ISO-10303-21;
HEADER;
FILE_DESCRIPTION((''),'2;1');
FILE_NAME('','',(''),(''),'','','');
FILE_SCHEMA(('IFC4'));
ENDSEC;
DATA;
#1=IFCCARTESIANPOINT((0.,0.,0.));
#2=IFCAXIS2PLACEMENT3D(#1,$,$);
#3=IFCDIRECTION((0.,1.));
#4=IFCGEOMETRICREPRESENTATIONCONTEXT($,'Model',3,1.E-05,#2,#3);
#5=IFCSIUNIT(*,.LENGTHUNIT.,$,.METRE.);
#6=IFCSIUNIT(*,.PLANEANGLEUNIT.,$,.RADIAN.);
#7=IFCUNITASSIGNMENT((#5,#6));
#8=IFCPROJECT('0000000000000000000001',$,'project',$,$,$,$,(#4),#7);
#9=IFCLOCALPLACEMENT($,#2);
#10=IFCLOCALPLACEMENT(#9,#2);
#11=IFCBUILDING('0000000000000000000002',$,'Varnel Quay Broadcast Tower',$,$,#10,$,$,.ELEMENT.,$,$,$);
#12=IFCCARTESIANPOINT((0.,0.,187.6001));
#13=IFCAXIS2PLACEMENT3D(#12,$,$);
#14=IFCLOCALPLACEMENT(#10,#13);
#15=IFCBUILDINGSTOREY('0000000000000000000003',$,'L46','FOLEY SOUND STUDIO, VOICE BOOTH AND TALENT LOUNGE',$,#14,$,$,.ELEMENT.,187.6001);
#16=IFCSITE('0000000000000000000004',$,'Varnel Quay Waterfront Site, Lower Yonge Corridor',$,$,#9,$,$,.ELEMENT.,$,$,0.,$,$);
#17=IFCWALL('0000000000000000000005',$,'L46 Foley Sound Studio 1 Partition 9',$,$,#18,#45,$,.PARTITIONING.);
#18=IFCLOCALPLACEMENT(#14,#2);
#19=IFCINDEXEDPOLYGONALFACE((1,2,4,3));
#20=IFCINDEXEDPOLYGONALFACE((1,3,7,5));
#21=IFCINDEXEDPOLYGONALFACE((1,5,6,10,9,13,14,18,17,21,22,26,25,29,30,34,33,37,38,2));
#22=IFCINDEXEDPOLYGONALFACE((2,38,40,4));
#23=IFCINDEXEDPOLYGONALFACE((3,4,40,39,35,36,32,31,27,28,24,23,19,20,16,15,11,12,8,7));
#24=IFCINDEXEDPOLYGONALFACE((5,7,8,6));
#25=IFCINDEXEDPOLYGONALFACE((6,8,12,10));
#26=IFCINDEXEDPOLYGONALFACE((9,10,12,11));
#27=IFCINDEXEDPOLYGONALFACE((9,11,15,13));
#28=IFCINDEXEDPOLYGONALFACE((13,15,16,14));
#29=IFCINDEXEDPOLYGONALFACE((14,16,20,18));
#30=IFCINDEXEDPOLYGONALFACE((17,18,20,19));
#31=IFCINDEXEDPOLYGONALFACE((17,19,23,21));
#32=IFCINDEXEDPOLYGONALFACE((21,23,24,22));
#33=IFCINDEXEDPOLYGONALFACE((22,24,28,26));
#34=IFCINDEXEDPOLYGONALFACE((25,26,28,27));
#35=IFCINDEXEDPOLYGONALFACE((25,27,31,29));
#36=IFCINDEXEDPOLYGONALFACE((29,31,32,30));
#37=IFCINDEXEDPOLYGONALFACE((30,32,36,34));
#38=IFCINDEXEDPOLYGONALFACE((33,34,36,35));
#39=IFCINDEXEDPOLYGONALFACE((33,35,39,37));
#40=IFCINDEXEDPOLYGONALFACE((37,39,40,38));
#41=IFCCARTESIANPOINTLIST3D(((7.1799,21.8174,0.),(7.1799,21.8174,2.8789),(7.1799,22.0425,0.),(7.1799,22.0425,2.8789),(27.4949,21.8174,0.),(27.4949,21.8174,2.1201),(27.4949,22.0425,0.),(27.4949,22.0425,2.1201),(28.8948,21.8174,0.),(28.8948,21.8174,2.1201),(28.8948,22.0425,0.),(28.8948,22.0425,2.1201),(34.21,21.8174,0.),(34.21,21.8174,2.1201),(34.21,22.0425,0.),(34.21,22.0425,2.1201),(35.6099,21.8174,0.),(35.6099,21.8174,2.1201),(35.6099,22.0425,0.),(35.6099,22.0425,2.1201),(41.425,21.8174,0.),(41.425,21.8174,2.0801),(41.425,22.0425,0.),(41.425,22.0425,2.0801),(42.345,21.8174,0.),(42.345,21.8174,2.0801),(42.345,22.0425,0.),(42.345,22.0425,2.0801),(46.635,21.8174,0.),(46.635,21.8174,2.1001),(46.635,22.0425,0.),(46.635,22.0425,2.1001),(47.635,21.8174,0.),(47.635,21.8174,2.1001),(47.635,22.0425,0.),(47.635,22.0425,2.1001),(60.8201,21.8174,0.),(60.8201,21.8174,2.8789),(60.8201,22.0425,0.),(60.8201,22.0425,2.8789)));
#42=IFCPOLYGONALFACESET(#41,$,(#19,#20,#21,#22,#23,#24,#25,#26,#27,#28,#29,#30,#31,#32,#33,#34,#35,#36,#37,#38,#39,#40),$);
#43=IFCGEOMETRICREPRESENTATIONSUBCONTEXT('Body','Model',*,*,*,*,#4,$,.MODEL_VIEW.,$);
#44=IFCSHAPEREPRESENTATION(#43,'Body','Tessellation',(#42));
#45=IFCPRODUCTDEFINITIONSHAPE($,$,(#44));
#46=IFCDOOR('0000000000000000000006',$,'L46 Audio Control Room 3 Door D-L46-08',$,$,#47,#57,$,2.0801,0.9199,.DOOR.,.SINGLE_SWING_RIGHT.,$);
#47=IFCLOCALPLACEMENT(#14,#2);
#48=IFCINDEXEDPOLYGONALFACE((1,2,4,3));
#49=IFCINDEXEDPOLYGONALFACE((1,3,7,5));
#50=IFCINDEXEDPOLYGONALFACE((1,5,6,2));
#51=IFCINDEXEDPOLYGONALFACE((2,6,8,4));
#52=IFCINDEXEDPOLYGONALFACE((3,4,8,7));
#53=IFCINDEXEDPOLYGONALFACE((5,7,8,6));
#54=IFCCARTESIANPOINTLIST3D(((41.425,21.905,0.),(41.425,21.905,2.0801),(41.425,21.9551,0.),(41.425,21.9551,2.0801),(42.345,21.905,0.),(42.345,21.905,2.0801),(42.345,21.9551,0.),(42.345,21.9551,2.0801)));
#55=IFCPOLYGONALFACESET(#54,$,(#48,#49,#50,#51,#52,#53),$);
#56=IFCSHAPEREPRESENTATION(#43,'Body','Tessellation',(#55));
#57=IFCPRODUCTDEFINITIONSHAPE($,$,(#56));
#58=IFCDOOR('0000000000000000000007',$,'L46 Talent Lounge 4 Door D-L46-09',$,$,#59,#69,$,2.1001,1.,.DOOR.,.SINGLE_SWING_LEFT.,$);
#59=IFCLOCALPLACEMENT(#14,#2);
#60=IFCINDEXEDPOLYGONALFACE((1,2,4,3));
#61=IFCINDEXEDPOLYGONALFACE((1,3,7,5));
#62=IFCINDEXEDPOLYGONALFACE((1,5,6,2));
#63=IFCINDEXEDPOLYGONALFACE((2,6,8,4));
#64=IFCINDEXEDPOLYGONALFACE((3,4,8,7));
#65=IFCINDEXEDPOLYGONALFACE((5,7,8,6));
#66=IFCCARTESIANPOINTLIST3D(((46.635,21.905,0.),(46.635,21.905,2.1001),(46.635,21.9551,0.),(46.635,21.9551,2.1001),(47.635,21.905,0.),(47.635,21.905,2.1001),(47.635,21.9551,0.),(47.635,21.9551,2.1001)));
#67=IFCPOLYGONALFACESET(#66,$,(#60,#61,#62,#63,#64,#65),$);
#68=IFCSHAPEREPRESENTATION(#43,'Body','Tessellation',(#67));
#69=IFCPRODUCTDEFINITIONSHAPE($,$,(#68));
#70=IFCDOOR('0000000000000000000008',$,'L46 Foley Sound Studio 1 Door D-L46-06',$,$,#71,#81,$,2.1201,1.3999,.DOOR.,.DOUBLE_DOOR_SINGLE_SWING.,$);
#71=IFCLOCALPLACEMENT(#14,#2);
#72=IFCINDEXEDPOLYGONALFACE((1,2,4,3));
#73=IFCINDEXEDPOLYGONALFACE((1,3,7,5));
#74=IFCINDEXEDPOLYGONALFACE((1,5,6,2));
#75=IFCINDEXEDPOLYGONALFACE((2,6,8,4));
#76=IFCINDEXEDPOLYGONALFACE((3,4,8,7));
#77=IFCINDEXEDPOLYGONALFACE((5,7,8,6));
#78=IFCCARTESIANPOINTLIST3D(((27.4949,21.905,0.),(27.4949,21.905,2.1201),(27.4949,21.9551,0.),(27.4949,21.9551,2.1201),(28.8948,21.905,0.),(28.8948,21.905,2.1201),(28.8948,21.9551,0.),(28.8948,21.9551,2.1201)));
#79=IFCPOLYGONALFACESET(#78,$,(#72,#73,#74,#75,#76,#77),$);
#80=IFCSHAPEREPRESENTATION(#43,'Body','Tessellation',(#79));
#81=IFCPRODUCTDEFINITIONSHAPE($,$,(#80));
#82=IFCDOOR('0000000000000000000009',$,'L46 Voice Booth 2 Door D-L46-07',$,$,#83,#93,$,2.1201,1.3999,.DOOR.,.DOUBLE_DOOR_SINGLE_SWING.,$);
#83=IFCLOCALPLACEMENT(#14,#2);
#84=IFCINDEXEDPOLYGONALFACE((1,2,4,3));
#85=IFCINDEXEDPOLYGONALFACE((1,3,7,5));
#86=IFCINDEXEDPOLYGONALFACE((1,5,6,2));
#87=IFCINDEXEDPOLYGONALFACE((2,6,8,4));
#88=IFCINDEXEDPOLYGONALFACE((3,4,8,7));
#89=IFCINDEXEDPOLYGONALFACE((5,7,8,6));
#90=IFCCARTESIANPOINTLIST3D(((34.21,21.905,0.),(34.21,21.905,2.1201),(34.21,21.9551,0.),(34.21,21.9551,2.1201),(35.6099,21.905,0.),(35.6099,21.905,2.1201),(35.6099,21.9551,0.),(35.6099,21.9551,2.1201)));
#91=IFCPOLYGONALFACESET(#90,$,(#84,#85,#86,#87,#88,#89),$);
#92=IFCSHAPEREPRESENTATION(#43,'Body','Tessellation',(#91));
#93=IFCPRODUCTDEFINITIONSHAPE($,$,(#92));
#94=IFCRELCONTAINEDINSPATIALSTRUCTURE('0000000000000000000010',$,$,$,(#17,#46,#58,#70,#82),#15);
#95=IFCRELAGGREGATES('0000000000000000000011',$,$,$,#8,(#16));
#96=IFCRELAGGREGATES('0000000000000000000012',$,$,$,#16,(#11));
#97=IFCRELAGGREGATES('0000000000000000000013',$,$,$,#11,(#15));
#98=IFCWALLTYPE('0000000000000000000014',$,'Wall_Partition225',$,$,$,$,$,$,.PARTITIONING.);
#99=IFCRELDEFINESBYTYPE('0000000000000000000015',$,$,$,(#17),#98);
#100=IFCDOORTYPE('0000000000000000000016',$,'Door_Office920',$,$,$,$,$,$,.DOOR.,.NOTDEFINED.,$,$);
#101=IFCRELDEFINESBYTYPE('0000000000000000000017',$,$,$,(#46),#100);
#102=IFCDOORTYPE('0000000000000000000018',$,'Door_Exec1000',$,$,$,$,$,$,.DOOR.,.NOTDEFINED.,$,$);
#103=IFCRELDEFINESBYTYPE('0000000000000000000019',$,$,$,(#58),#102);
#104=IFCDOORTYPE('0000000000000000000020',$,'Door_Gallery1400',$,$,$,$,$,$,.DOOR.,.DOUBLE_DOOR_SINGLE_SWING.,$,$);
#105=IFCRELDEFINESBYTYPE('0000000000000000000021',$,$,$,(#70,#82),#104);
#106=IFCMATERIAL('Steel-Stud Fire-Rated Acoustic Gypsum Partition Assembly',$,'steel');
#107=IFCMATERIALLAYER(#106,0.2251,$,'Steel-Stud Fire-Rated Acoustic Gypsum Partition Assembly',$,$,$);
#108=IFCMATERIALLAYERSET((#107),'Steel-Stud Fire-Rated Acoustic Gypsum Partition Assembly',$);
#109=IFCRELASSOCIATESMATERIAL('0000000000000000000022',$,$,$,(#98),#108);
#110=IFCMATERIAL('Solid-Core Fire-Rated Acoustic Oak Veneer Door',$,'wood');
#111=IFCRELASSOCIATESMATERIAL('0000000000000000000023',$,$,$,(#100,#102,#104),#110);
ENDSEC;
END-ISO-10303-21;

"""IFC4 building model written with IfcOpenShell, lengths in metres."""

from ifc_helpers import new_model, si_unit, direction, frame, frame_2d, origin, place, context, subcontext, project, spatial, rectangle, extrude, source, transform, mapped, material, layer, layer_set, type_object, type_shapes, element, fill, save


model = new_model("IFC4")

# Units and contexts
model_context = context("Model", 3, precision=1e-05, world=origin(), true_north=direction((0.0, 1.0)))
body_context = subcontext(model_context, "Body", "Model", "MODEL_VIEW")
ifc_project = project(units=[si_unit("LENGTHUNIT", "METRE"), si_unit("PLANEANGLEUNIT", "RADIAN")], contexts=[model_context])

# Site, building, storey
site_placement = place(None, origin())
site = spatial("IfcSite", under=ifc_project, at=site_placement, Name="Varnel Quay Waterfront Site, Lower Yonge Corridor", CompositionType="ELEMENT", RefElevation=0.0)
building_placement = place(site_placement, origin())
building = spatial("IfcBuilding", under=site, at=building_placement, Name="Varnel Quay Broadcast Tower", CompositionType="ELEMENT")
storey_placement = place(building_placement, frame((0.0, 0.0, 187.6001)))
storey = spatial("IfcBuildingStorey", under=building, at=storey_placement, Name="L46", Description="FOLEY SOUND STUDIO, VOICE BOOTH AND TALENT LOUNGE", CompositionType="ELEMENT", Elevation=187.6001)

# Wall, openings, doors
ifc_material_1 = material(Name="Steel-Stud Fire-Rated Acoustic Gypsum Partition Assembly", Category="steel")
ifc_material_2 = material(Name="Solid-Core Fire-Rated Acoustic Oak Veneer Door", Category="wood")
ifc_layer_1 = layer(ifc_material_1, 0.2251, Name="Steel-Stud Fire-Rated Acoustic Gypsum Partition Assembly")
ifc_layer_set_1 = layer_set([ifc_layer_1], Name="Steel-Stud Fire-Rated Acoustic Gypsum Partition Assembly")
wall_type_1 = type_object("IfcWallType", Name="Wall_Partition225", PredefinedType="PARTITIONING", material=ifc_layer_set_1)
wall_1_placement = place(storey_placement, frame((7.1799, 21.9299, 0.0), z_axis=(0.0, 0.0, 1.0), x_axis=(1.0, 0.0, 0.0)))
wall_1 = element("IfcWall", 1, at=wall_1_placement, inside=storey, type_object=wall_type_1, Name="L46 Foley Sound Studio 1 Partition 9", PredefinedType="PARTITIONING", context=body_context, shape_type="SweptSolid", body=[
    extrude(rectangle(XDim=53.6401, YDim=0.2251, at=frame_2d((26.8201, 0.0))), origin(), (0.0, 0.0, 1.0), 2.8789),
])
opening_1_placement = place(wall_1_placement, frame((20.3149, 0.0, 0.0)))
opening_1 = element("IfcOpeningElement", 2, at=opening_1_placement, cuts=wall_1, PredefinedType="OPENING", context=body_context, shape_type="SweptSolid", body=[
    extrude(rectangle(XDim=1.3999, YDim=2.1201, at=frame_2d((0.7, 1.0601))), frame((0.0, 0.1226, 0.0), z_axis=(0.0, -1.0, 0.0), x_axis=(1.0, 0.0, 0.0)), (0.0, 0.0, 1.0), 0.2451),
])
opening_2_placement = place(wall_1_placement, frame((27.03, 0.0, 0.0)))
opening_2 = element("IfcOpeningElement", 3, at=opening_2_placement, cuts=wall_1, PredefinedType="OPENING", context=body_context, shape_type="SweptSolid", body=[
    extrude(rectangle(XDim=1.3999, YDim=2.1201, at=frame_2d((0.7, 1.0601))), frame((0.0, 0.1226, 0.0), z_axis=(0.0, -1.0, 0.0), x_axis=(1.0, 0.0, 0.0)), (0.0, 0.0, 1.0), 0.2451),
])
opening_3_placement = place(wall_1_placement, frame((34.2451, 0.0, 0.0)))
opening_3 = element("IfcOpeningElement", 4, at=opening_3_placement, cuts=wall_1, PredefinedType="OPENING", context=body_context, shape_type="SweptSolid", body=[
    extrude(rectangle(XDim=0.9199, YDim=2.0801, at=frame_2d((0.46, 1.04))), frame((0.0, 0.1226, 0.0), z_axis=(0.0, -1.0, 0.0), x_axis=(1.0, 0.0, 0.0)), (0.0, 0.0, 1.0), 0.2451),
])
opening_4_placement = place(wall_1_placement, frame((39.4551, 0.0, 0.0)))
opening_4 = element("IfcOpeningElement", 5, at=opening_4_placement, cuts=wall_1, PredefinedType="OPENING", context=body_context, shape_type="SweptSolid", body=[
    extrude(rectangle(XDim=1.0, YDim=2.1001, at=frame_2d((0.5, 1.05))), frame((0.0, 0.1226, 0.0), z_axis=(0.0, -1.0, 0.0), x_axis=(1.0, 0.0, 0.0)), (0.0, 0.0, 1.0), 0.2451),
])
door_type_1 = type_object("IfcDoorType", Name="Door_Office920", OperationType="NOTDEFINED", PredefinedType="DOOR", material=ifc_material_2)
shared_shape_1 = source(origin(), body_context, "Body", "SweptSolid", [
    extrude(rectangle(XDim=0.9199, YDim=2.0801, at=frame_2d((0.46, 1.04))), frame((0.0, 0.0249, 0.0), z_axis=(0.0, -1.0, 0.0), x_axis=(1.0, 0.0, 0.0)), (0.0, 0.0, 1.0), 0.05),
])
type_shapes(door_type_1, [shared_shape_1])
door_1_placement = place(opening_3_placement, frame((0.9199, 0.0, 0.0), z_axis=(0.0, 0.0, 1.0), x_axis=(-1.0, 0.0, 0.0)))
door_1 = element("IfcDoor", 6, at=door_1_placement, inside=storey, type_object=door_type_1, Name="L46 Audio Control Room 3 Door D-L46-08", OperationType="SINGLE_SWING_RIGHT", OverallHeight=2.0801, OverallWidth=0.9199, PredefinedType="DOOR", context=body_context, shape_type="MappedRepresentation", body=[
    mapped(shared_shape_1, transform((0.0, 0.0, 0.0), x_axis=(1.0, 0.0, 0.0), y_axis=(0.0, 1.0, 0.0), z_axis=(0.0, 0.0, 1.0), scale=1.0)),
])
fill(opening_3, door_1)
door_type_2 = type_object("IfcDoorType", Name="Door_Exec1000", OperationType="NOTDEFINED", PredefinedType="DOOR", material=ifc_material_2)
shared_shape_2 = source(origin(), body_context, "Body", "SweptSolid", [
    extrude(rectangle(XDim=1.0, YDim=2.1001, at=frame_2d((0.5, 1.05))), frame((0.0, 0.0249, 0.0), z_axis=(0.0, -1.0, 0.0), x_axis=(1.0, 0.0, 0.0)), (0.0, 0.0, 1.0), 0.05),
])
type_shapes(door_type_2, [shared_shape_2])
door_2_placement = place(opening_4_placement, frame((1.0, 0.0, 0.0), z_axis=(0.0, 0.0, 1.0), x_axis=(-1.0, 0.0, 0.0)))
door_2 = element("IfcDoor", 7, at=door_2_placement, inside=storey, type_object=door_type_2, Name="L46 Talent Lounge 4 Door D-L46-09", OperationType="SINGLE_SWING_LEFT", OverallHeight=2.1001, OverallWidth=1.0, PredefinedType="DOOR", context=body_context, shape_type="MappedRepresentation", body=[
    mapped(shared_shape_2, transform((0.0, 0.0, 0.0), x_axis=(1.0, 0.0, 0.0), y_axis=(0.0, 1.0, 0.0), z_axis=(0.0, 0.0, 1.0), scale=1.0)),
])
fill(opening_4, door_2)
door_type_3 = type_object("IfcDoorType", Name="Door_Gallery1400", OperationType="DOUBLE_DOOR_SINGLE_SWING", PredefinedType="DOOR", material=ifc_material_2)
shared_shape_3 = source(origin(), body_context, "Body", "SweptSolid", [
    extrude(rectangle(XDim=1.3999, YDim=2.1201, at=frame_2d((0.7, 1.0601))), frame((0.0, 0.0249, 0.0), z_axis=(0.0, -1.0, 0.0), x_axis=(1.0, 0.0, 0.0)), (0.0, 0.0, 1.0), 0.05),
])
type_shapes(door_type_3, [shared_shape_3])
door_3_placement = place(opening_1_placement, frame((1.3999, 0.0, 0.0), z_axis=(0.0, 0.0, 1.0), x_axis=(-1.0, 0.0, 0.0)))
door_3 = element("IfcDoor", 8, at=door_3_placement, inside=storey, type_object=door_type_3, Name="L46 Foley Sound Studio 1 Door D-L46-06", OperationType="DOUBLE_DOOR_SINGLE_SWING", OverallHeight=2.1201, OverallWidth=1.3999, PredefinedType="DOOR", context=body_context, shape_type="MappedRepresentation", body=[
    mapped(shared_shape_3, transform((0.0, 0.0, 0.0), x_axis=(1.0, 0.0, 0.0), y_axis=(0.0, 1.0, 0.0), z_axis=(0.0, 0.0, 1.0), scale=1.0)),
])
fill(opening_1, door_3)
door_4_placement = place(opening_2_placement, frame((1.3999, 0.0, 0.0), z_axis=(0.0, 0.0, 1.0), x_axis=(-1.0, 0.0, 0.0)))
door_4 = element("IfcDoor", 9, at=door_4_placement, inside=storey, type_object=door_type_3, Name="L46 Voice Booth 2 Door D-L46-07", OperationType="DOUBLE_DOOR_SINGLE_SWING", OverallHeight=2.1201, OverallWidth=1.3999, PredefinedType="DOOR", context=body_context, shape_type="MappedRepresentation", body=[
    mapped(shared_shape_3, transform((0.0, 0.0, 0.0), x_axis=(1.0, 0.0, 0.0), y_axis=(0.0, 1.0, 0.0), z_axis=(0.0, 0.0, 1.0), scale=1.0)),
])
fill(opening_2, door_4)

save(model, "model.ifc")
